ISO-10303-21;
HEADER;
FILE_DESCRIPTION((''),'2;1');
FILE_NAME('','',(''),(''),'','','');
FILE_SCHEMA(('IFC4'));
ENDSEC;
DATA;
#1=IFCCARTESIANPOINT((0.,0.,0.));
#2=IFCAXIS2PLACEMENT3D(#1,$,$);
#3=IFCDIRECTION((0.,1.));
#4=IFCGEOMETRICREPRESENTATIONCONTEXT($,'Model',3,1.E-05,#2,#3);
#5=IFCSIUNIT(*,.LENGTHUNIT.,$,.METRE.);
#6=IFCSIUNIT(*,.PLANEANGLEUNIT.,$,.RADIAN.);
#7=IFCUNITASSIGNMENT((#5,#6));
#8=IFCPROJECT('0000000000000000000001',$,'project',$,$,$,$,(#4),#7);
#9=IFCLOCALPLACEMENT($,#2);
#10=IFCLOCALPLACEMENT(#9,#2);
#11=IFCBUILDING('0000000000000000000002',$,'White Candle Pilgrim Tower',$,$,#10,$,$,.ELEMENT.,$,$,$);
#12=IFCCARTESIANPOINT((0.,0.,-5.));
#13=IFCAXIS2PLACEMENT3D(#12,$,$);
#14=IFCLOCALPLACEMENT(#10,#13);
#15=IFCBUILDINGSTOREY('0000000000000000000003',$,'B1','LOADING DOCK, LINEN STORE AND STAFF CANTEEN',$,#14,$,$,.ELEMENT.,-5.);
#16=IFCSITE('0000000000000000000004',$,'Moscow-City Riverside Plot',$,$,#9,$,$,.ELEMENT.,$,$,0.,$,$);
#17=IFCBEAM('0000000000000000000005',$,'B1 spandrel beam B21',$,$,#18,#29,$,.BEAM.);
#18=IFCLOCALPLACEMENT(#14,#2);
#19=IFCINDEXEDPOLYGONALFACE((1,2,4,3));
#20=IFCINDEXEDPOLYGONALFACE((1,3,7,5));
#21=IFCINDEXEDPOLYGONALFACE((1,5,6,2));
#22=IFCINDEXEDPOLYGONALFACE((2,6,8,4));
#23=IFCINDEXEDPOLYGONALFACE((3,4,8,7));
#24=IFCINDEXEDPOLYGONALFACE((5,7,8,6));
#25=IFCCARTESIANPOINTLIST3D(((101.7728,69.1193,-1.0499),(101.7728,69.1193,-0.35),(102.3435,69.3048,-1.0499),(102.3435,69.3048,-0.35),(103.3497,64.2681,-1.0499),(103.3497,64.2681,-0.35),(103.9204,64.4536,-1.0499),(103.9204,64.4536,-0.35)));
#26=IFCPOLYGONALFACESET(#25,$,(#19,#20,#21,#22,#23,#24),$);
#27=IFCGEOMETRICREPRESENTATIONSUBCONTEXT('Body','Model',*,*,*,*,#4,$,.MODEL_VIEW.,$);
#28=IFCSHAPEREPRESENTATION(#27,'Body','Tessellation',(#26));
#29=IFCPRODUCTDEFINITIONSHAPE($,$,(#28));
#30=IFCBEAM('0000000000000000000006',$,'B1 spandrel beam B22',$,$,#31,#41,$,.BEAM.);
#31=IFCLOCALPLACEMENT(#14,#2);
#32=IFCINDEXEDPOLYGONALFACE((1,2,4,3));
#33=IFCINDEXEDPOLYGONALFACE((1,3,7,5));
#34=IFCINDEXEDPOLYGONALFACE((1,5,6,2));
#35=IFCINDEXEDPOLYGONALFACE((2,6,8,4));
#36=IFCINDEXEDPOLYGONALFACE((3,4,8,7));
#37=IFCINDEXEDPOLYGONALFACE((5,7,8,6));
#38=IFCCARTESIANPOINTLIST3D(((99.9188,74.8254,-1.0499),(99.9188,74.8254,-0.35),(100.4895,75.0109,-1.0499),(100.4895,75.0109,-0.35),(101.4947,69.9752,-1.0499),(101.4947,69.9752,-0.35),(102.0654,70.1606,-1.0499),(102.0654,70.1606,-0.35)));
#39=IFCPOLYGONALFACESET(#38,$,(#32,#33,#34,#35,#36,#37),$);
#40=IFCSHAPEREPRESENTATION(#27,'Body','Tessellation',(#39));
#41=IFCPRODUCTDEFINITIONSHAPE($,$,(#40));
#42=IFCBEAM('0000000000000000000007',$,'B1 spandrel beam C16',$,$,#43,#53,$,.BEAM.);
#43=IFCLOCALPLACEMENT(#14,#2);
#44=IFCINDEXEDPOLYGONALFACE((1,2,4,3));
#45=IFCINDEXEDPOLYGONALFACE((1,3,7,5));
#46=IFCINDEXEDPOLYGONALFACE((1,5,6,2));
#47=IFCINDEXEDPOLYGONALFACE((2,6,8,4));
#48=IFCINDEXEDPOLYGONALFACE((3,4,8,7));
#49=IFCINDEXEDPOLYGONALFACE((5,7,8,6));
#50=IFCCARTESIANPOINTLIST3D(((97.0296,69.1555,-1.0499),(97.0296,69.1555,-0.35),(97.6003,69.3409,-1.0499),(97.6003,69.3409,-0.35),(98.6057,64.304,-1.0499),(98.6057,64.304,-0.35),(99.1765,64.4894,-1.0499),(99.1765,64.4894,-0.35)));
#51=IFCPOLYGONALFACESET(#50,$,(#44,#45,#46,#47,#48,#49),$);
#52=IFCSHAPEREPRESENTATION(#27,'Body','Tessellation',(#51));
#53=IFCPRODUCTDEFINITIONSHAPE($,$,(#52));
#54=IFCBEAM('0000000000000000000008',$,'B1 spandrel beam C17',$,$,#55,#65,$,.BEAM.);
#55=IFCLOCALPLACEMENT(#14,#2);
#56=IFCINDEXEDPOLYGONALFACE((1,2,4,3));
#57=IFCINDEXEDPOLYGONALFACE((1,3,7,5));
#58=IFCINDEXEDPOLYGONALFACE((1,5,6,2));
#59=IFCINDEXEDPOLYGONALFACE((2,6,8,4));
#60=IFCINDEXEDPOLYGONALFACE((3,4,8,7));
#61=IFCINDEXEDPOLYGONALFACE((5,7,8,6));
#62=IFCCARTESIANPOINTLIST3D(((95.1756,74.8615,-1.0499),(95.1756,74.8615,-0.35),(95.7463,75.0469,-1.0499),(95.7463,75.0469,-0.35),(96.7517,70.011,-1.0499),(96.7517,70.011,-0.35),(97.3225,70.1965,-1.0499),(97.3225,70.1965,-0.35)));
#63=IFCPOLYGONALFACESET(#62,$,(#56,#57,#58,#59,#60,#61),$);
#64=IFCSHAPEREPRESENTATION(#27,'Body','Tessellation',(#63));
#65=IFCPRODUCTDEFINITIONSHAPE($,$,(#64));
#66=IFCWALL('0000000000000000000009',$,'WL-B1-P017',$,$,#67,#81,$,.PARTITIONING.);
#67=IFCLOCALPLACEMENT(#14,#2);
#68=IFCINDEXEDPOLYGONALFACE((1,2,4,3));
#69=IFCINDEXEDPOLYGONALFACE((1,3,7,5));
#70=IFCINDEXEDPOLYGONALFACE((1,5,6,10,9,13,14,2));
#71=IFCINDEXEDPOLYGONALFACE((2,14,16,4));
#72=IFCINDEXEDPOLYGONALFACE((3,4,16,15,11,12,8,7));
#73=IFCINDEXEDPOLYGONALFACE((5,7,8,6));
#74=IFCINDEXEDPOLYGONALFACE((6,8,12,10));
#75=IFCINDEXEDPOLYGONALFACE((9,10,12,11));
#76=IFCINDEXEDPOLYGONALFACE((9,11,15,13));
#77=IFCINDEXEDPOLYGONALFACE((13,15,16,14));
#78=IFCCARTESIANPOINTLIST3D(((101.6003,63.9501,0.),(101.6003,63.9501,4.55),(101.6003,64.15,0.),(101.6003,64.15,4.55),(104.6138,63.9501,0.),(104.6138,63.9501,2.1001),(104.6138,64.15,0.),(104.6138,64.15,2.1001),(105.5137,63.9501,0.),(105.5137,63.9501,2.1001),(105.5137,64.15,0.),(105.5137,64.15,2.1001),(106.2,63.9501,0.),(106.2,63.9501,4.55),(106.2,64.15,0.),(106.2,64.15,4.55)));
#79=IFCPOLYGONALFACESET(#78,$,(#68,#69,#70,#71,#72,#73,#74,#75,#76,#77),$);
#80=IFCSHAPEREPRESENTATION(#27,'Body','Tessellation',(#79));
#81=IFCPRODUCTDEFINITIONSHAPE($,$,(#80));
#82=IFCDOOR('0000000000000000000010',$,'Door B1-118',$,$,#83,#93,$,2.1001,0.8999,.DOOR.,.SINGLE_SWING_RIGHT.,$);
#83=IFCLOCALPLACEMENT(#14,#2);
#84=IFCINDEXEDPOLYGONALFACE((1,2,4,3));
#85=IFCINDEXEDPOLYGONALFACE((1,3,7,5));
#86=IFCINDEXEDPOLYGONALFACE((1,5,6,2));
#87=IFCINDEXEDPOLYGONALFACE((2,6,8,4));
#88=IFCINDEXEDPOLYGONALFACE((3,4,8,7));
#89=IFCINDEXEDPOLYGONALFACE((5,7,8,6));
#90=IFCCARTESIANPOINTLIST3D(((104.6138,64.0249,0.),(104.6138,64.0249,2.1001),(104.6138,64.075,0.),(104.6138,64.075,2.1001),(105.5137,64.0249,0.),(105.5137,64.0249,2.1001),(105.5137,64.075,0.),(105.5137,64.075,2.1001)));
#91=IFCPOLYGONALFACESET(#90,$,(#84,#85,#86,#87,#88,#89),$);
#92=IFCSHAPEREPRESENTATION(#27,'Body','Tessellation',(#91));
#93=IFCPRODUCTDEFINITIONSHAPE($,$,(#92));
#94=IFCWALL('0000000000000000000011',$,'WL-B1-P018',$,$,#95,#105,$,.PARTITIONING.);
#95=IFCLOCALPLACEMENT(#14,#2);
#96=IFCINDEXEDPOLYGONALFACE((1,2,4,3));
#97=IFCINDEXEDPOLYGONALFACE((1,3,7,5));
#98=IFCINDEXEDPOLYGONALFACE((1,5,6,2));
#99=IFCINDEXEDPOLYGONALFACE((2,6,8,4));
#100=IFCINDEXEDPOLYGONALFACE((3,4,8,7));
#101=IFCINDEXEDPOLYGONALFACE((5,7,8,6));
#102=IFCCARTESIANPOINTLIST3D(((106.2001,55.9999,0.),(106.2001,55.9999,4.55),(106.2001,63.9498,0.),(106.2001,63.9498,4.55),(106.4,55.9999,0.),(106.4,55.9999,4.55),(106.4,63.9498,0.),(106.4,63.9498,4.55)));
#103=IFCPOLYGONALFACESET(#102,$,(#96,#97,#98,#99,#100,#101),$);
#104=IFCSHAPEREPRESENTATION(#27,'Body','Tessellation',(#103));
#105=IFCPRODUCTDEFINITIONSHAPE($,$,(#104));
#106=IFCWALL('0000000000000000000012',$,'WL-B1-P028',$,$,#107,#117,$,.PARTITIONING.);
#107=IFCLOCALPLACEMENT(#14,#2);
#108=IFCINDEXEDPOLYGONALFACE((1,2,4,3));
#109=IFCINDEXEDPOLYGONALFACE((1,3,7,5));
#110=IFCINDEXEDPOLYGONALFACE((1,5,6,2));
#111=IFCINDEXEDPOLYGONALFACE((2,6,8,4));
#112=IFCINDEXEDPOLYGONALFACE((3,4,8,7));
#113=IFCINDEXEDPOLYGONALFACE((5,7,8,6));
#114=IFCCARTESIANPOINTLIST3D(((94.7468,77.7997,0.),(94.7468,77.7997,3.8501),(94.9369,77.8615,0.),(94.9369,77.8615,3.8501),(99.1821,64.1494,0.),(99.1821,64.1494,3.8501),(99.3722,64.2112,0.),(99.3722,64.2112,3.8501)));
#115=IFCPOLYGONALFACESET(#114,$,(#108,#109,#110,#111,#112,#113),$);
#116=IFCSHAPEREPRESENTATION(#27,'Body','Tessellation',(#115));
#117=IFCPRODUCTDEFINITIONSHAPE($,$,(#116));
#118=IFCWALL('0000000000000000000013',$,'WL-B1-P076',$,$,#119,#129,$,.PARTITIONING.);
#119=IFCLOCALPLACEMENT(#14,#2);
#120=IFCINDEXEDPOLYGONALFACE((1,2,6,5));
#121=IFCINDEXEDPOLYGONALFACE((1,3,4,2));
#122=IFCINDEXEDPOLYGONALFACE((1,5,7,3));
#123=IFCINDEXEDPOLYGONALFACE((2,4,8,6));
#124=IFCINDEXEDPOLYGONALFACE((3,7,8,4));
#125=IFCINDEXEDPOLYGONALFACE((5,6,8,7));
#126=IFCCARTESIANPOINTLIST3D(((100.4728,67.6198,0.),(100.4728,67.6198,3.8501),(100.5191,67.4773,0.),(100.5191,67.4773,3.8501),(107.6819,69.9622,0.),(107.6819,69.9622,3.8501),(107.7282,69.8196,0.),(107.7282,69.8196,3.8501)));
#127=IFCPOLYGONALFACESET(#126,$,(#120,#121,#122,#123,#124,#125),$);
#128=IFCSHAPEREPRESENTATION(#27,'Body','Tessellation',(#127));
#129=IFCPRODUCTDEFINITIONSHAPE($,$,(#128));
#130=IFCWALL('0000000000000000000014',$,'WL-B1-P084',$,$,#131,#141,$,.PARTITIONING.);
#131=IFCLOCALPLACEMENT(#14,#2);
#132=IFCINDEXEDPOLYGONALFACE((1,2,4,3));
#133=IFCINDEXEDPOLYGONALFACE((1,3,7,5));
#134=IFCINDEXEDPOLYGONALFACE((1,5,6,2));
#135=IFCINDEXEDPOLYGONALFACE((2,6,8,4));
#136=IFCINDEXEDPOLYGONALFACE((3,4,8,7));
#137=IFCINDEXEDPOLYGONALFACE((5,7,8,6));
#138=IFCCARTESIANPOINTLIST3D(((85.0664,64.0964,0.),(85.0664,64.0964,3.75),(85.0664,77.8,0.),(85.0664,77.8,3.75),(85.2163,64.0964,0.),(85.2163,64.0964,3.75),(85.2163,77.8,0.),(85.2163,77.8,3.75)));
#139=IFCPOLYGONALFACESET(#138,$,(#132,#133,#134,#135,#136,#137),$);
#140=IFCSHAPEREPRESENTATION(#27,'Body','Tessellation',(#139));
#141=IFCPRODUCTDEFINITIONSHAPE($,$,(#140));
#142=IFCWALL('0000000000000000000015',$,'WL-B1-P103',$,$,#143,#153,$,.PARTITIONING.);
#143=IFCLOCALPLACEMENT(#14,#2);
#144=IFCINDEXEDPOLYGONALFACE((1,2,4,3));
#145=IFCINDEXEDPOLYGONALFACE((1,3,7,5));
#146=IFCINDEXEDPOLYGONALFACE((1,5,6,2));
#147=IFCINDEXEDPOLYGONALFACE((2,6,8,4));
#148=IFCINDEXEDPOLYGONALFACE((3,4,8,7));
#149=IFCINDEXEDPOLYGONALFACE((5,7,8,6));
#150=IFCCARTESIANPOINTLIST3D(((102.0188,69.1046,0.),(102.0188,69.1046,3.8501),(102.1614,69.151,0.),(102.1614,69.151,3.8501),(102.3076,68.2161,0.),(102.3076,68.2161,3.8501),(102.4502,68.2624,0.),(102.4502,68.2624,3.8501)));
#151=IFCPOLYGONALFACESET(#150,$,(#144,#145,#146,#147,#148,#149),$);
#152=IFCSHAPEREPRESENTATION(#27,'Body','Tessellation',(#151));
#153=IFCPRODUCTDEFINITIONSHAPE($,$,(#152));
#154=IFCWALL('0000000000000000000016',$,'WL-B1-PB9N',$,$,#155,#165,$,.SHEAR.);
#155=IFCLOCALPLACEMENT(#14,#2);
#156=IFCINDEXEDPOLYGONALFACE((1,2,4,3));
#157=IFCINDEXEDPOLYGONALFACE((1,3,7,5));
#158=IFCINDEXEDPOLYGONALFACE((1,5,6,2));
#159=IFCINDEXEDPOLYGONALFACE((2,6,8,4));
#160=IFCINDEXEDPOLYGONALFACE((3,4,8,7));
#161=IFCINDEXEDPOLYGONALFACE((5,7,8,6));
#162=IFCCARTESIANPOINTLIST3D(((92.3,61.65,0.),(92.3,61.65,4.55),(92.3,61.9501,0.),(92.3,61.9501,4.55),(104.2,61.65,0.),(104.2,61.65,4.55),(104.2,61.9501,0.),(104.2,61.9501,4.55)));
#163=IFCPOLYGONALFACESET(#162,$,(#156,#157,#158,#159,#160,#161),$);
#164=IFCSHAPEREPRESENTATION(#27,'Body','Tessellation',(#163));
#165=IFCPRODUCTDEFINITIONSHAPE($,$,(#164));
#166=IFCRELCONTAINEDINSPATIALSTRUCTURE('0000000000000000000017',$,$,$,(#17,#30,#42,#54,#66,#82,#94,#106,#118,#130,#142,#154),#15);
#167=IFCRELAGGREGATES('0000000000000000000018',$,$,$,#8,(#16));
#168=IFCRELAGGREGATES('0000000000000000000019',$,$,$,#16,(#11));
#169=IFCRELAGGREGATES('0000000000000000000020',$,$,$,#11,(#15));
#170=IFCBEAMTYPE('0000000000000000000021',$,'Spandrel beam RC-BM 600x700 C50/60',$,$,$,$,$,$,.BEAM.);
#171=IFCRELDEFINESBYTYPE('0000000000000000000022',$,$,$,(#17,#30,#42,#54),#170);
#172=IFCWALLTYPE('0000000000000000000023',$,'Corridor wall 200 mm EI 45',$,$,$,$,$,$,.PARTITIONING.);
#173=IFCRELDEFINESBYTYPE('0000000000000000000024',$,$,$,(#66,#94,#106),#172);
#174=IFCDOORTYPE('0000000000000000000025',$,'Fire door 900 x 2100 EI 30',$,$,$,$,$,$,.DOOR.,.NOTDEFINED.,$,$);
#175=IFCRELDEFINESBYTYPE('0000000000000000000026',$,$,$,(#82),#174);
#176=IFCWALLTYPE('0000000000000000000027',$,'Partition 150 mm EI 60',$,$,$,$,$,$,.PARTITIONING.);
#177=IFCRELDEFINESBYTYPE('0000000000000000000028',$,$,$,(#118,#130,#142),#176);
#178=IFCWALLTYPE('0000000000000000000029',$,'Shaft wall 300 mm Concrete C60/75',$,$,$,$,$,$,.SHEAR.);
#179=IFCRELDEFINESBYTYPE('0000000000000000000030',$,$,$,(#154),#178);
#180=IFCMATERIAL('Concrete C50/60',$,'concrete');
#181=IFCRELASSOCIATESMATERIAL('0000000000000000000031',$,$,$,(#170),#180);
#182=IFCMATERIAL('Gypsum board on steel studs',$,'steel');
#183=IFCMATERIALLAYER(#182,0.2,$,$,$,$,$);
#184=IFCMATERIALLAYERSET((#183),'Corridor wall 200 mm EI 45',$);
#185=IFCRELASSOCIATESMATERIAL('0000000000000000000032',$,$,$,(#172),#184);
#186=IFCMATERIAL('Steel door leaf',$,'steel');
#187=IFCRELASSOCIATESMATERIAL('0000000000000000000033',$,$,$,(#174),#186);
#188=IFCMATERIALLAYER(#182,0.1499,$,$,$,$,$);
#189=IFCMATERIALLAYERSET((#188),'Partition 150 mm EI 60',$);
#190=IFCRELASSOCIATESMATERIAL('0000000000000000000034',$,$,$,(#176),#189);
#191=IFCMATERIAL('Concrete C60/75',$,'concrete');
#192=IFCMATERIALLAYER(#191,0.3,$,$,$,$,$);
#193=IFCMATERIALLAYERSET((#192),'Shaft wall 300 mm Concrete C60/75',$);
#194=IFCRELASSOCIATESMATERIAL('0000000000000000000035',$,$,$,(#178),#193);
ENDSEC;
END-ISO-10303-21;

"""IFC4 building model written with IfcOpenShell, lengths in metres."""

from ifc_helpers import new_model, si_unit, direction, frame, frame_2d, origin, origin_2d, place, context, subcontext, project, spatial, rectangle, extrude, material, layer, layer_set, material_profile, profile_set, type_object, element, fill, save


model = new_model("IFC4")

# Units and contexts
model_context = context("Model", 3, precision=1e-05, world=origin(), true_north=direction((0.0, 1.0)))
body_context = subcontext(model_context, "Body", "Model", "MODEL_VIEW")
ifc_project = project(units=[si_unit("LENGTHUNIT", "METRE"), si_unit("PLANEANGLEUNIT", "RADIAN")], contexts=[model_context])

# Site, building, storey
site_placement = place(None, origin())
site = spatial("IfcSite", under=ifc_project, at=site_placement, Name="Moscow-City Riverside Plot", CompositionType="ELEMENT", RefElevation=0.0)
building_placement = place(site_placement, origin())
building = spatial("IfcBuilding", under=site, at=building_placement, Name="White Candle Pilgrim Tower", CompositionType="ELEMENT")
storey_placement = place(building_placement, frame((0.0, 0.0, -5.0)))
storey = spatial("IfcBuildingStorey", under=building, at=storey_placement, Name="B1", Description="LOADING DOCK, LINEN STORE AND STAFF CANTEEN", CompositionType="ELEMENT", Elevation=-5.0)

# Beams
ifc_material_1 = material(Name="Concrete C50/60", Category="concrete")
ifc_material_profile_1 = material_profile(ifc_material_1, rectangle(XDim=0.6001, YDim=0.7, at=origin_2d()), Name="RC-BM 600x700")
ifc_profile_set_1 = profile_set([ifc_material_profile_1], Name="Concrete C50/60")
beam_type_1 = type_object("IfcBeamType", Name="Spandrel beam RC-BM 600x700 C50/60", PredefinedType="BEAM", material=ifc_profile_set_1)
beam_1_placement = place(storey_placement, frame((103.635, 64.3608, -0.7), z_axis=(-0.309126, 0.951021, 0.0), x_axis=(-0.951021, -0.309126, 0.0)))
element("IfcBeam", 1, at=beam_1_placement, inside=storey, type_object=beam_type_1, Name="B1 spandrel beam B21", PredefinedType="BEAM", context=body_context, shape_type="SweptSolid", body=[
    extrude(rectangle(XDim=0.6001, YDim=0.7, at=origin_2d()), origin(), (0.0, 0.0, 1.0), 5.1011),
])
beam_2_placement = place(storey_placement, frame((101.78, 70.0679, -0.7), z_axis=(-0.309009, 0.951059, 0.0), x_axis=(-0.951059, -0.309009, 0.0)))
element("IfcBeam", 2, at=beam_2_placement, inside=storey, type_object=beam_type_1, Name="B1 spandrel beam B22", PredefinedType="BEAM", context=body_context, shape_type="SweptSolid", body=[
    extrude(rectangle(XDim=0.6001, YDim=0.7, at=origin_2d()), origin(), (0.0, 0.0, 1.0), 5.0999),
])
beam_3_placement = place(storey_placement, frame((98.8911, 64.3967, -0.7), z_axis=(-0.308982, 0.951068, 0.0), x_axis=(-0.951068, -0.308982, 0.0)))
element("IfcBeam", 3, at=beam_3_placement, inside=storey, type_object=beam_type_1, Name="B1 spandrel beam C16", PredefinedType="BEAM", context=body_context, shape_type="SweptSolid", body=[
    extrude(rectangle(XDim=0.6001, YDim=0.7, at=origin_2d()), origin(), (0.0, 0.0, 1.0), 5.1011),
])
beam_4_placement = place(storey_placement, frame((97.0371, 70.1038, -0.7), z_axis=(-0.309053, 0.951045, 0.0), x_axis=(-0.951045, -0.309053, 0.0)))
element("IfcBeam", 4, at=beam_4_placement, inside=storey, type_object=beam_type_1, Name="B1 spandrel beam C17", PredefinedType="BEAM", context=body_context, shape_type="SweptSolid", body=[
    extrude(rectangle(XDim=0.6001, YDim=0.7, at=origin_2d()), origin(), (0.0, 0.0, 1.0), 5.1001),
])

# Wall, opening, door
ifc_material_2 = material(Name="Gypsum board on steel studs", Category="steel")
ifc_layer_1 = layer(ifc_material_2, 0.2)
ifc_layer_set_1 = layer_set([ifc_layer_1], Name="Corridor wall 200 mm EI 45")
wall_type_1 = type_object("IfcWallType", Name="Corridor wall 200 mm EI 45", PredefinedType="PARTITIONING", material=ifc_layer_set_1)
wall_1_placement = place(storey_placement, frame((101.6003, 64.05, 0.0), z_axis=(0.0, 0.0, 1.0), x_axis=(1.0, 0.0, 0.0)))
wall_1 = element("IfcWall", 5, at=wall_1_placement, inside=storey, type_object=wall_type_1, Name="WL-B1-P017", PredefinedType="PARTITIONING", context=body_context, shape_type="SweptSolid", body=[
    extrude(rectangle(XDim=4.5996, YDim=0.2, at=frame_2d((2.2998, 0.0))), origin(), (0.0, 0.0, 1.0), 4.55),
])
opening_placement = place(wall_1_placement, frame((3.0134, 0.0, 0.0)))
opening = element("IfcOpeningElement", 6, at=opening_placement, cuts=wall_1, PredefinedType="OPENING", context=body_context, shape_type="SweptSolid", body=[
    extrude(rectangle(XDim=0.8999, YDim=2.1001, at=frame_2d((0.45, 1.05))), frame((0.0, 0.1099, 0.0), z_axis=(0.0, -1.0, 0.0), x_axis=(1.0, 0.0, 0.0)), (0.0, 0.0, 1.0), 0.22),
])
ifc_material_3 = material(Name="Steel door leaf", Category="steel")
door_type = type_object("IfcDoorType", Name="Fire door 900 x 2100 EI 30", OperationType="NOTDEFINED", PredefinedType="DOOR", material=ifc_material_3)
door_placement = place(opening_placement, origin())
door = element("IfcDoor", 7, at=door_placement, inside=storey, type_object=door_type, Name="Door B1-118", OperationType="SINGLE_SWING_RIGHT", OverallHeight=2.1001, OverallWidth=0.8999, PredefinedType="DOOR", context=body_context, shape_type="SweptSolid", body=[
    extrude(rectangle(XDim=0.8999, YDim=2.1001, at=frame_2d((0.45, 1.05))), frame((0.0, 0.0249, 0.0), z_axis=(0.0, -1.0, 0.0), x_axis=(1.0, 0.0, 0.0)), (0.0, 0.0, 1.0), 0.05),
])
fill(opening, door)

# Walls
wall_2_placement = place(storey_placement, frame((106.3, 63.95, 0.0), z_axis=(0.0, 0.0, 1.0), x_axis=(0.0, -1.0, 0.0)))
element("IfcWall", 8, at=wall_2_placement, inside=storey, type_object=wall_type_1, Name="WL-B1-P018", PredefinedType="PARTITIONING", context=body_context, shape_type="SweptSolid", body=[
    extrude(rectangle(XDim=7.95, YDim=0.2, at=frame_2d((3.9751, 0.0))), origin(), (0.0, 0.0, 1.0), 4.55),
])
wall_3_placement = place(storey_placement, frame((99.2771, 64.1804, 0.0), z_axis=(0.0, 0.0, 1.0), x_axis=(-0.309018, 0.951056, 0.0)))
element("IfcWall", 9, at=wall_3_placement, inside=storey, type_object=wall_type_1, Name="WL-B1-P028", PredefinedType="PARTITIONING", context=body_context, shape_type="SweptSolid", body=[
    extrude(rectangle(XDim=14.3528, YDim=0.2, at=frame_2d((7.1763, 0.0))), origin(), (0.0, 0.0, 1.0), 3.8501),
])
ifc_layer_2 = layer(ifc_material_2, 0.1499)
ifc_layer_set_2 = layer_set([ifc_layer_2], Name="Partition 150 mm EI 60")
wall_type_2 = type_object("IfcWallType", Name="Partition 150 mm EI 60", PredefinedType="PARTITIONING", material=ifc_layer_set_2)
wall_4_placement = place(storey_placement, frame((107.7051, 69.8909, 0.0), z_axis=(0.0, 0.0, 1.0), x_axis=(-0.951059, -0.30901, 0.0)))
element("IfcWall", 10, at=wall_4_placement, inside=storey, type_object=wall_type_2, Name="WL-B1-P076", PredefinedType="PARTITIONING", context=body_context, shape_type="SweptSolid", body=[
    extrude(rectangle(XDim=7.5801, YDim=0.1499, at=frame_2d((3.79, 0.0))), origin(), (0.0, 0.0, 1.0), 3.8501),
])
wall_5_placement = place(storey_placement, frame((85.1414, 64.0964, 0.0), z_axis=(0.0, 0.0, 1.0), x_axis=(0.0, 1.0, 0.0)))
element("IfcWall", 11, at=wall_5_placement, inside=storey, type_object=wall_type_2, Name="WL-B1-P084", PredefinedType="PARTITIONING", context=body_context, shape_type="SweptSolid", body=[
    extrude(rectangle(XDim=13.7036, YDim=0.1499, at=frame_2d((6.8518, 0.0))), origin(), (0.0, 0.0, 1.0), 3.75),
])
wall_6_placement = place(storey_placement, frame((102.0901, 69.1279, 0.0), z_axis=(0.0, 0.0, 1.0), x_axis=(0.309086, -0.951034, 0.0)))
element("IfcWall", 12, at=wall_6_placement, inside=storey, type_object=wall_type_2, Name="WL-B1-P103", PredefinedType="PARTITIONING", context=body_context, shape_type="SweptSolid", body=[
    extrude(rectangle(XDim=0.9343, YDim=0.1499, at=frame_2d((0.4673, 0.0))), origin(), (0.0, 0.0, 1.0), 3.8501),
])
ifc_material_4 = material(Name="Concrete C60/75", Category="concrete")
ifc_layer_3 = layer(ifc_material_4, 0.3)
ifc_layer_set_3 = layer_set([ifc_layer_3], Name="Shaft wall 300 mm Concrete C60/75")
wall_type_3 = type_object("IfcWallType", Name="Shaft wall 300 mm Concrete C60/75", PredefinedType="SHEAR", material=ifc_layer_set_3)
wall_7_placement = place(storey_placement, frame((92.3, 61.8, 0.0), z_axis=(0.0, 0.0, 1.0), x_axis=(1.0, 0.0, 0.0)))
element("IfcWall", 13, at=wall_7_placement, inside=storey, type_object=wall_type_3, Name="WL-B1-PB9N", PredefinedType="SHEAR", context=body_context, shape_type="SweptSolid", body=[
    extrude(rectangle(XDim=11.8999, YDim=0.3, at=frame_2d((5.95, 0.0))), origin(), (0.0, 0.0, 1.0), 4.55),
])

save(model, "model.ifc")
